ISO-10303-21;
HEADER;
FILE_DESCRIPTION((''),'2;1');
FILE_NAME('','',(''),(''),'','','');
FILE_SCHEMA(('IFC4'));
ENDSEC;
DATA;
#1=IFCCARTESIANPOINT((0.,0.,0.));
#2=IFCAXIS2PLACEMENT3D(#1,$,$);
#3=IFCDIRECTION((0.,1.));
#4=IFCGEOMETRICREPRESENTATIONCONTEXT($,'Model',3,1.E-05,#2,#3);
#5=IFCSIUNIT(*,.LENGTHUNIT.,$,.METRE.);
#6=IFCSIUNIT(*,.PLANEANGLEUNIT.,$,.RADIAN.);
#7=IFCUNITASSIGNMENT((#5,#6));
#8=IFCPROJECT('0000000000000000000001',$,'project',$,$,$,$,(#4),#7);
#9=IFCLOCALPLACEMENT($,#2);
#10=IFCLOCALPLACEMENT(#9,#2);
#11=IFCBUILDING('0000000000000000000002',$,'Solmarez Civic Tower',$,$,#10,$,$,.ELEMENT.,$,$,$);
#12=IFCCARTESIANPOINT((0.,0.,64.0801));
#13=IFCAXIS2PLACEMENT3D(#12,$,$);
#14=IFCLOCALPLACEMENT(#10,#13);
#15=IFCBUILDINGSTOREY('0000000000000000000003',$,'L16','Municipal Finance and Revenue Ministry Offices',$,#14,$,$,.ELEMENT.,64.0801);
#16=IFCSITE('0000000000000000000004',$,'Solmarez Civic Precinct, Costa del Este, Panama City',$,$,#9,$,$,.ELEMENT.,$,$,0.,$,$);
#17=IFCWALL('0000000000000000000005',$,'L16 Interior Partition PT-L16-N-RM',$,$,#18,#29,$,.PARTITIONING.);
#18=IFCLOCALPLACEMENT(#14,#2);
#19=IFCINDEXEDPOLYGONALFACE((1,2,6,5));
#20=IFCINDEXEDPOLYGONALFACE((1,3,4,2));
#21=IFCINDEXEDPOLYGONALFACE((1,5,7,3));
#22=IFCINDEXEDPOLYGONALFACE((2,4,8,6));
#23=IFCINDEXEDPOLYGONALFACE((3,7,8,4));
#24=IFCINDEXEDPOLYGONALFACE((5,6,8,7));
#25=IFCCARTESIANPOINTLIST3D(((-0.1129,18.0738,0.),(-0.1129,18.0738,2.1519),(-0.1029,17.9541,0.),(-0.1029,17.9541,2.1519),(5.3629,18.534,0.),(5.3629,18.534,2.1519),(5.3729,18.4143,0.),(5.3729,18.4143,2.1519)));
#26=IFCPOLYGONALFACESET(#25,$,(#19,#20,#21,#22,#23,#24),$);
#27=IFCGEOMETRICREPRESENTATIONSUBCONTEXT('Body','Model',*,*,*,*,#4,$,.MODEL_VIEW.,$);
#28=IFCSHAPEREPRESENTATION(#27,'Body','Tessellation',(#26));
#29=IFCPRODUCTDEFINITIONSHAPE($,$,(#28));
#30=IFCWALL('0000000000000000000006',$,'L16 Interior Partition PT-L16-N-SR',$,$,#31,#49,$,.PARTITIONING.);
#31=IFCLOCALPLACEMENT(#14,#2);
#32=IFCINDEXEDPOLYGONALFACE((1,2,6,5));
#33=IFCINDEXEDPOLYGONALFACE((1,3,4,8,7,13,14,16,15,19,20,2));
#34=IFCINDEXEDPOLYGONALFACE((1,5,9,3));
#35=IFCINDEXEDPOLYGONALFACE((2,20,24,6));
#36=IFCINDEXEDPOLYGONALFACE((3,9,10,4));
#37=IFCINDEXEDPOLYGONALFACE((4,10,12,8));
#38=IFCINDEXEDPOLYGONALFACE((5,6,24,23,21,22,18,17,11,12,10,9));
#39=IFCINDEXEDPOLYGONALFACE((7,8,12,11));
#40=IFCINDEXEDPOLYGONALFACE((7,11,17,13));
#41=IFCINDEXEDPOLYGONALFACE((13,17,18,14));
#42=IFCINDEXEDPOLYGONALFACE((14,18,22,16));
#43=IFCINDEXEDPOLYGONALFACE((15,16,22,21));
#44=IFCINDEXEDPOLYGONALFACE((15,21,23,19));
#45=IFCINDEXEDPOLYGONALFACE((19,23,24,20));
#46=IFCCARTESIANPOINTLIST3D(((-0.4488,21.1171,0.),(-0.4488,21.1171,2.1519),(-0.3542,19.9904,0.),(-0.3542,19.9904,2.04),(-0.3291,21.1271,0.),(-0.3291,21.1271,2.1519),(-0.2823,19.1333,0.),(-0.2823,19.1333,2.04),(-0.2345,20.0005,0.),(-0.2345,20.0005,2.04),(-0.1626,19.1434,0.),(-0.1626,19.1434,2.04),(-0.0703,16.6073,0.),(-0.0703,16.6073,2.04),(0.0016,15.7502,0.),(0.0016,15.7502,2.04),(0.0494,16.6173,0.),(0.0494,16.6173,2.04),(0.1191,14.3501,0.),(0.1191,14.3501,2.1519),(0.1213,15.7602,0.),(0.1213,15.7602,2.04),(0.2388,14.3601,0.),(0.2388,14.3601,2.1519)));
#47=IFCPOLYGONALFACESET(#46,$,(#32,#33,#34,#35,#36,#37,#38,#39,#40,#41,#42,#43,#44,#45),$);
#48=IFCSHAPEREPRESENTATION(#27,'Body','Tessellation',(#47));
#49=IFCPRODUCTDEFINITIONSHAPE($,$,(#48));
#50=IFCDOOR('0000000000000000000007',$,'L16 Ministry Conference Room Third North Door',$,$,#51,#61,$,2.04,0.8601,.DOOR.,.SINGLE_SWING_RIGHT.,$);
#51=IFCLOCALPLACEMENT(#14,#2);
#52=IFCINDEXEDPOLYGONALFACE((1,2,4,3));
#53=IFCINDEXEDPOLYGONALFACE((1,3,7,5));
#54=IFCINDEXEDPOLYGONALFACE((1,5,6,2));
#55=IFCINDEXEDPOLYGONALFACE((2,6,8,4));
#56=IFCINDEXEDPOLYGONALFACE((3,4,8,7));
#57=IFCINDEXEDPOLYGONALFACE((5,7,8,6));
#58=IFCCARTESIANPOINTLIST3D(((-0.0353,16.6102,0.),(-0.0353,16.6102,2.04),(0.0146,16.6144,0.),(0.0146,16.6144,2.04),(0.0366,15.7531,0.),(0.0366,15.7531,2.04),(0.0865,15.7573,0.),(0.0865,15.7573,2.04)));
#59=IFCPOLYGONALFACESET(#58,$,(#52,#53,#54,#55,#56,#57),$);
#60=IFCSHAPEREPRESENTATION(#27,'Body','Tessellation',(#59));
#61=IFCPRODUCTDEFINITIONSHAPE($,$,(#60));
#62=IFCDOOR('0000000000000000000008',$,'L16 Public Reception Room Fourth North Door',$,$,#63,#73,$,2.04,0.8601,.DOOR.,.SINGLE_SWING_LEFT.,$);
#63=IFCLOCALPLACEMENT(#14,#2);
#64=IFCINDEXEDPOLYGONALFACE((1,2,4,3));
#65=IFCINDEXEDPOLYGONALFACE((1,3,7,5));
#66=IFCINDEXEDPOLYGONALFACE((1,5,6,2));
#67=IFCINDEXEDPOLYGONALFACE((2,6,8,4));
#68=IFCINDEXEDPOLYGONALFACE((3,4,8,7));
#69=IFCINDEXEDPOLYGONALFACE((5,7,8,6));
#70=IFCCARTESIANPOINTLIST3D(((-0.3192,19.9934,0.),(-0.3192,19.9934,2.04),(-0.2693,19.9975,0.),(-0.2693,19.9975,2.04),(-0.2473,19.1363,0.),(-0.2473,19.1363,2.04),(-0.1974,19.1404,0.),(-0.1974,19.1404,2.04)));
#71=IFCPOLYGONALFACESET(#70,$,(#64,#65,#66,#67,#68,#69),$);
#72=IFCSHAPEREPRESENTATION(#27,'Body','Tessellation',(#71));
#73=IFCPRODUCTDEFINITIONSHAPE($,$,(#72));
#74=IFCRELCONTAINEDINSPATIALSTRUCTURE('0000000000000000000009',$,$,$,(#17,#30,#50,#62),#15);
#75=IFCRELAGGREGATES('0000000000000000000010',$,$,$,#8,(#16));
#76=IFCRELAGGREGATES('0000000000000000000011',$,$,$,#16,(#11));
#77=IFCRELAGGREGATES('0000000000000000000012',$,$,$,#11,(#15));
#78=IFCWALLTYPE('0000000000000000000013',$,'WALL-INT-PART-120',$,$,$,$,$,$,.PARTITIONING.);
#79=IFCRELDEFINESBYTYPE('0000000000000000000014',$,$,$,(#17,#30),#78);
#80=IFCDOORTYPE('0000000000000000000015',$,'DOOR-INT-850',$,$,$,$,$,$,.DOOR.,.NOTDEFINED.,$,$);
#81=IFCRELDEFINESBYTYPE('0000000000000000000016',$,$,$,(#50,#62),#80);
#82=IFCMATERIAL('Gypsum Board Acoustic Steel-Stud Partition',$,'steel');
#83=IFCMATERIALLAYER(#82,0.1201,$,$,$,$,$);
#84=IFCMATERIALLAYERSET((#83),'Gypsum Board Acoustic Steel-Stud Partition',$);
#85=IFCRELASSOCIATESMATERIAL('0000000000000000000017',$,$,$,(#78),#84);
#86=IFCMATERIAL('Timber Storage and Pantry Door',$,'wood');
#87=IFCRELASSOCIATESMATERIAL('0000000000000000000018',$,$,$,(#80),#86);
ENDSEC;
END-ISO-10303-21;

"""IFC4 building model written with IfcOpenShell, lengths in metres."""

from ifc_helpers import new_model, si_unit, direction, frame, frame_2d, origin, place, context, subcontext, project, spatial, rectangle, extrude, material, layer, layer_set, type_object, element, fill, save


model = new_model("IFC4")

# Units and contexts
model_context = context("Model", 3, precision=1e-05, world=origin(), true_north=direction((0.0, 1.0)))
body_context = subcontext(model_context, "Body", "Model", "MODEL_VIEW")
ifc_project = project(units=[si_unit("LENGTHUNIT", "METRE"), si_unit("PLANEANGLEUNIT", "RADIAN")], contexts=[model_context])

# Site, building, storey
site_placement = place(None, origin())
site = spatial("IfcSite", under=ifc_project, at=site_placement, Name="Solmarez Civic Precinct, Costa del Este, Panama City", CompositionType="ELEMENT", RefElevation=0.0)
building_placement = place(site_placement, origin())
building = spatial("IfcBuilding", under=site, at=building_placement, Name="Solmarez Civic Tower", CompositionType="ELEMENT")
storey_placement = place(building_placement, frame((0.0, 0.0, 64.0801)))
storey = spatial("IfcBuildingStorey", under=building, at=storey_placement, Name="L16", Description="Municipal Finance and Revenue Ministry Offices", CompositionType="ELEMENT", Elevation=64.0801)

# Wall
ifc_material_1 = material(Name="Gypsum Board Acoustic Steel-Stud Partition", Category="steel")
ifc_layer_1 = layer(ifc_material_1, 0.1201)
ifc_layer_set_1 = layer_set([ifc_layer_1], Name="Gypsum Board Acoustic Steel-Stud Partition")
wall_type_1 = type_object("IfcWallType", Name="WALL-INT-PART-120", PredefinedType="PARTITIONING", material=ifc_layer_set_1)
wall_1_placement = place(storey_placement, frame((5.3679, 18.4741, 0.0), z_axis=(0.0, 0.0, 1.0), x_axis=(-0.996487, -0.083748, 0.0)))
element("IfcWall", 1, at=wall_1_placement, inside=storey, type_object=wall_type_1, Name="L16 Interior Partition PT-L16-N-RM", PredefinedType="PARTITIONING", context=body_context, shape_type="SweptSolid", body=[
    extrude(rectangle(XDim=5.4951, YDim=0.1201, at=frame_2d((2.7476, 0.0))), origin(), (0.0, 0.0, 1.0), 2.1519),
])

# Wall, openings, doors
wall_2_placement = place(storey_placement, frame((0.179, 14.355, 0.0), z_axis=(0.0, 0.0, 1.0), x_axis=(-0.083623, 0.996497, 0.0)))
wall_2 = element("IfcWall", 2, at=wall_2_placement, inside=storey, type_object=wall_type_1, Name="L16 Interior Partition PT-L16-N-SR", PredefinedType="PARTITIONING", context=body_context, shape_type="SweptSolid", body=[
    extrude(rectangle(XDim=6.7908, YDim=0.1201, at=frame_2d((3.3955, 0.0))), origin(), (0.0, 0.0, 1.0), 2.1519),
])
opening_1_placement = place(wall_2_placement, frame((1.405, 0.0, 0.0)))
opening_1 = element("IfcOpeningElement", 3, at=opening_1_placement, cuts=wall_2, PredefinedType="OPENING", context=body_context, shape_type="SweptSolid", body=[
    extrude(rectangle(XDim=0.8601, YDim=2.04, at=frame_2d((0.4302, 1.02))), frame((0.0, 0.0701, 0.0), z_axis=(0.0, -1.0, 0.0), x_axis=(1.0, 0.0, 0.0)), (0.0, 0.0, 1.0), 0.1401),
])
opening_2_placement = place(wall_2_placement, frame((4.8, 0.0, 0.0)))
opening_2 = element("IfcOpeningElement", 4, at=opening_2_placement, cuts=wall_2, PredefinedType="OPENING", context=body_context, shape_type="SweptSolid", body=[
    extrude(rectangle(XDim=0.8601, YDim=2.04, at=frame_2d((0.4302, 1.02))), frame((0.0, 0.0701, 0.0), z_axis=(0.0, -1.0, 0.0), x_axis=(1.0, 0.0, 0.0)), (0.0, 0.0, 1.0), 0.1401),
])
ifc_material_2 = material(Name="Timber Storage and Pantry Door", Category="wood")
door_type = type_object("IfcDoorType", Name="DOOR-INT-850", OperationType="NOTDEFINED", PredefinedType="DOOR", material=ifc_material_2)
door_1_placement = place(opening_1_placement, origin())
door_1 = element("IfcDoor", 5, at=door_1_placement, inside=storey, type_object=door_type, Name="L16 Ministry Conference Room Third North Door", OperationType="SINGLE_SWING_RIGHT", OverallHeight=2.04, OverallWidth=0.8601, PredefinedType="DOOR", context=body_context, shape_type="SweptSolid", body=[
    extrude(rectangle(XDim=0.8601, YDim=2.04, at=frame_2d((0.4302, 1.02))), frame((0.0, 0.0249, 0.0), z_axis=(0.0, -1.0, 0.0), x_axis=(1.0, 0.0, 0.0)), (0.0, 0.0, 1.0), 0.05),
])
fill(opening_1, door_1)
door_2_placement = place(opening_2_placement, origin())
door_2 = element("IfcDoor", 6, at=door_2_placement, inside=storey, type_object=door_type, Name="L16 Public Reception Room Fourth North Door", OperationType="SINGLE_SWING_LEFT", OverallHeight=2.04, OverallWidth=0.8601, PredefinedType="DOOR", context=body_context, shape_type="SweptSolid", body=[
    extrude(rectangle(XDim=0.8601, YDim=2.04, at=frame_2d((0.4302, 1.02))), frame((0.0, 0.0249, 0.0), z_axis=(0.0, -1.0, 0.0), x_axis=(1.0, 0.0, 0.0)), (0.0, 0.0, 1.0), 0.05),
])
fill(opening_2, door_2)

save(model, "model.ifc")
